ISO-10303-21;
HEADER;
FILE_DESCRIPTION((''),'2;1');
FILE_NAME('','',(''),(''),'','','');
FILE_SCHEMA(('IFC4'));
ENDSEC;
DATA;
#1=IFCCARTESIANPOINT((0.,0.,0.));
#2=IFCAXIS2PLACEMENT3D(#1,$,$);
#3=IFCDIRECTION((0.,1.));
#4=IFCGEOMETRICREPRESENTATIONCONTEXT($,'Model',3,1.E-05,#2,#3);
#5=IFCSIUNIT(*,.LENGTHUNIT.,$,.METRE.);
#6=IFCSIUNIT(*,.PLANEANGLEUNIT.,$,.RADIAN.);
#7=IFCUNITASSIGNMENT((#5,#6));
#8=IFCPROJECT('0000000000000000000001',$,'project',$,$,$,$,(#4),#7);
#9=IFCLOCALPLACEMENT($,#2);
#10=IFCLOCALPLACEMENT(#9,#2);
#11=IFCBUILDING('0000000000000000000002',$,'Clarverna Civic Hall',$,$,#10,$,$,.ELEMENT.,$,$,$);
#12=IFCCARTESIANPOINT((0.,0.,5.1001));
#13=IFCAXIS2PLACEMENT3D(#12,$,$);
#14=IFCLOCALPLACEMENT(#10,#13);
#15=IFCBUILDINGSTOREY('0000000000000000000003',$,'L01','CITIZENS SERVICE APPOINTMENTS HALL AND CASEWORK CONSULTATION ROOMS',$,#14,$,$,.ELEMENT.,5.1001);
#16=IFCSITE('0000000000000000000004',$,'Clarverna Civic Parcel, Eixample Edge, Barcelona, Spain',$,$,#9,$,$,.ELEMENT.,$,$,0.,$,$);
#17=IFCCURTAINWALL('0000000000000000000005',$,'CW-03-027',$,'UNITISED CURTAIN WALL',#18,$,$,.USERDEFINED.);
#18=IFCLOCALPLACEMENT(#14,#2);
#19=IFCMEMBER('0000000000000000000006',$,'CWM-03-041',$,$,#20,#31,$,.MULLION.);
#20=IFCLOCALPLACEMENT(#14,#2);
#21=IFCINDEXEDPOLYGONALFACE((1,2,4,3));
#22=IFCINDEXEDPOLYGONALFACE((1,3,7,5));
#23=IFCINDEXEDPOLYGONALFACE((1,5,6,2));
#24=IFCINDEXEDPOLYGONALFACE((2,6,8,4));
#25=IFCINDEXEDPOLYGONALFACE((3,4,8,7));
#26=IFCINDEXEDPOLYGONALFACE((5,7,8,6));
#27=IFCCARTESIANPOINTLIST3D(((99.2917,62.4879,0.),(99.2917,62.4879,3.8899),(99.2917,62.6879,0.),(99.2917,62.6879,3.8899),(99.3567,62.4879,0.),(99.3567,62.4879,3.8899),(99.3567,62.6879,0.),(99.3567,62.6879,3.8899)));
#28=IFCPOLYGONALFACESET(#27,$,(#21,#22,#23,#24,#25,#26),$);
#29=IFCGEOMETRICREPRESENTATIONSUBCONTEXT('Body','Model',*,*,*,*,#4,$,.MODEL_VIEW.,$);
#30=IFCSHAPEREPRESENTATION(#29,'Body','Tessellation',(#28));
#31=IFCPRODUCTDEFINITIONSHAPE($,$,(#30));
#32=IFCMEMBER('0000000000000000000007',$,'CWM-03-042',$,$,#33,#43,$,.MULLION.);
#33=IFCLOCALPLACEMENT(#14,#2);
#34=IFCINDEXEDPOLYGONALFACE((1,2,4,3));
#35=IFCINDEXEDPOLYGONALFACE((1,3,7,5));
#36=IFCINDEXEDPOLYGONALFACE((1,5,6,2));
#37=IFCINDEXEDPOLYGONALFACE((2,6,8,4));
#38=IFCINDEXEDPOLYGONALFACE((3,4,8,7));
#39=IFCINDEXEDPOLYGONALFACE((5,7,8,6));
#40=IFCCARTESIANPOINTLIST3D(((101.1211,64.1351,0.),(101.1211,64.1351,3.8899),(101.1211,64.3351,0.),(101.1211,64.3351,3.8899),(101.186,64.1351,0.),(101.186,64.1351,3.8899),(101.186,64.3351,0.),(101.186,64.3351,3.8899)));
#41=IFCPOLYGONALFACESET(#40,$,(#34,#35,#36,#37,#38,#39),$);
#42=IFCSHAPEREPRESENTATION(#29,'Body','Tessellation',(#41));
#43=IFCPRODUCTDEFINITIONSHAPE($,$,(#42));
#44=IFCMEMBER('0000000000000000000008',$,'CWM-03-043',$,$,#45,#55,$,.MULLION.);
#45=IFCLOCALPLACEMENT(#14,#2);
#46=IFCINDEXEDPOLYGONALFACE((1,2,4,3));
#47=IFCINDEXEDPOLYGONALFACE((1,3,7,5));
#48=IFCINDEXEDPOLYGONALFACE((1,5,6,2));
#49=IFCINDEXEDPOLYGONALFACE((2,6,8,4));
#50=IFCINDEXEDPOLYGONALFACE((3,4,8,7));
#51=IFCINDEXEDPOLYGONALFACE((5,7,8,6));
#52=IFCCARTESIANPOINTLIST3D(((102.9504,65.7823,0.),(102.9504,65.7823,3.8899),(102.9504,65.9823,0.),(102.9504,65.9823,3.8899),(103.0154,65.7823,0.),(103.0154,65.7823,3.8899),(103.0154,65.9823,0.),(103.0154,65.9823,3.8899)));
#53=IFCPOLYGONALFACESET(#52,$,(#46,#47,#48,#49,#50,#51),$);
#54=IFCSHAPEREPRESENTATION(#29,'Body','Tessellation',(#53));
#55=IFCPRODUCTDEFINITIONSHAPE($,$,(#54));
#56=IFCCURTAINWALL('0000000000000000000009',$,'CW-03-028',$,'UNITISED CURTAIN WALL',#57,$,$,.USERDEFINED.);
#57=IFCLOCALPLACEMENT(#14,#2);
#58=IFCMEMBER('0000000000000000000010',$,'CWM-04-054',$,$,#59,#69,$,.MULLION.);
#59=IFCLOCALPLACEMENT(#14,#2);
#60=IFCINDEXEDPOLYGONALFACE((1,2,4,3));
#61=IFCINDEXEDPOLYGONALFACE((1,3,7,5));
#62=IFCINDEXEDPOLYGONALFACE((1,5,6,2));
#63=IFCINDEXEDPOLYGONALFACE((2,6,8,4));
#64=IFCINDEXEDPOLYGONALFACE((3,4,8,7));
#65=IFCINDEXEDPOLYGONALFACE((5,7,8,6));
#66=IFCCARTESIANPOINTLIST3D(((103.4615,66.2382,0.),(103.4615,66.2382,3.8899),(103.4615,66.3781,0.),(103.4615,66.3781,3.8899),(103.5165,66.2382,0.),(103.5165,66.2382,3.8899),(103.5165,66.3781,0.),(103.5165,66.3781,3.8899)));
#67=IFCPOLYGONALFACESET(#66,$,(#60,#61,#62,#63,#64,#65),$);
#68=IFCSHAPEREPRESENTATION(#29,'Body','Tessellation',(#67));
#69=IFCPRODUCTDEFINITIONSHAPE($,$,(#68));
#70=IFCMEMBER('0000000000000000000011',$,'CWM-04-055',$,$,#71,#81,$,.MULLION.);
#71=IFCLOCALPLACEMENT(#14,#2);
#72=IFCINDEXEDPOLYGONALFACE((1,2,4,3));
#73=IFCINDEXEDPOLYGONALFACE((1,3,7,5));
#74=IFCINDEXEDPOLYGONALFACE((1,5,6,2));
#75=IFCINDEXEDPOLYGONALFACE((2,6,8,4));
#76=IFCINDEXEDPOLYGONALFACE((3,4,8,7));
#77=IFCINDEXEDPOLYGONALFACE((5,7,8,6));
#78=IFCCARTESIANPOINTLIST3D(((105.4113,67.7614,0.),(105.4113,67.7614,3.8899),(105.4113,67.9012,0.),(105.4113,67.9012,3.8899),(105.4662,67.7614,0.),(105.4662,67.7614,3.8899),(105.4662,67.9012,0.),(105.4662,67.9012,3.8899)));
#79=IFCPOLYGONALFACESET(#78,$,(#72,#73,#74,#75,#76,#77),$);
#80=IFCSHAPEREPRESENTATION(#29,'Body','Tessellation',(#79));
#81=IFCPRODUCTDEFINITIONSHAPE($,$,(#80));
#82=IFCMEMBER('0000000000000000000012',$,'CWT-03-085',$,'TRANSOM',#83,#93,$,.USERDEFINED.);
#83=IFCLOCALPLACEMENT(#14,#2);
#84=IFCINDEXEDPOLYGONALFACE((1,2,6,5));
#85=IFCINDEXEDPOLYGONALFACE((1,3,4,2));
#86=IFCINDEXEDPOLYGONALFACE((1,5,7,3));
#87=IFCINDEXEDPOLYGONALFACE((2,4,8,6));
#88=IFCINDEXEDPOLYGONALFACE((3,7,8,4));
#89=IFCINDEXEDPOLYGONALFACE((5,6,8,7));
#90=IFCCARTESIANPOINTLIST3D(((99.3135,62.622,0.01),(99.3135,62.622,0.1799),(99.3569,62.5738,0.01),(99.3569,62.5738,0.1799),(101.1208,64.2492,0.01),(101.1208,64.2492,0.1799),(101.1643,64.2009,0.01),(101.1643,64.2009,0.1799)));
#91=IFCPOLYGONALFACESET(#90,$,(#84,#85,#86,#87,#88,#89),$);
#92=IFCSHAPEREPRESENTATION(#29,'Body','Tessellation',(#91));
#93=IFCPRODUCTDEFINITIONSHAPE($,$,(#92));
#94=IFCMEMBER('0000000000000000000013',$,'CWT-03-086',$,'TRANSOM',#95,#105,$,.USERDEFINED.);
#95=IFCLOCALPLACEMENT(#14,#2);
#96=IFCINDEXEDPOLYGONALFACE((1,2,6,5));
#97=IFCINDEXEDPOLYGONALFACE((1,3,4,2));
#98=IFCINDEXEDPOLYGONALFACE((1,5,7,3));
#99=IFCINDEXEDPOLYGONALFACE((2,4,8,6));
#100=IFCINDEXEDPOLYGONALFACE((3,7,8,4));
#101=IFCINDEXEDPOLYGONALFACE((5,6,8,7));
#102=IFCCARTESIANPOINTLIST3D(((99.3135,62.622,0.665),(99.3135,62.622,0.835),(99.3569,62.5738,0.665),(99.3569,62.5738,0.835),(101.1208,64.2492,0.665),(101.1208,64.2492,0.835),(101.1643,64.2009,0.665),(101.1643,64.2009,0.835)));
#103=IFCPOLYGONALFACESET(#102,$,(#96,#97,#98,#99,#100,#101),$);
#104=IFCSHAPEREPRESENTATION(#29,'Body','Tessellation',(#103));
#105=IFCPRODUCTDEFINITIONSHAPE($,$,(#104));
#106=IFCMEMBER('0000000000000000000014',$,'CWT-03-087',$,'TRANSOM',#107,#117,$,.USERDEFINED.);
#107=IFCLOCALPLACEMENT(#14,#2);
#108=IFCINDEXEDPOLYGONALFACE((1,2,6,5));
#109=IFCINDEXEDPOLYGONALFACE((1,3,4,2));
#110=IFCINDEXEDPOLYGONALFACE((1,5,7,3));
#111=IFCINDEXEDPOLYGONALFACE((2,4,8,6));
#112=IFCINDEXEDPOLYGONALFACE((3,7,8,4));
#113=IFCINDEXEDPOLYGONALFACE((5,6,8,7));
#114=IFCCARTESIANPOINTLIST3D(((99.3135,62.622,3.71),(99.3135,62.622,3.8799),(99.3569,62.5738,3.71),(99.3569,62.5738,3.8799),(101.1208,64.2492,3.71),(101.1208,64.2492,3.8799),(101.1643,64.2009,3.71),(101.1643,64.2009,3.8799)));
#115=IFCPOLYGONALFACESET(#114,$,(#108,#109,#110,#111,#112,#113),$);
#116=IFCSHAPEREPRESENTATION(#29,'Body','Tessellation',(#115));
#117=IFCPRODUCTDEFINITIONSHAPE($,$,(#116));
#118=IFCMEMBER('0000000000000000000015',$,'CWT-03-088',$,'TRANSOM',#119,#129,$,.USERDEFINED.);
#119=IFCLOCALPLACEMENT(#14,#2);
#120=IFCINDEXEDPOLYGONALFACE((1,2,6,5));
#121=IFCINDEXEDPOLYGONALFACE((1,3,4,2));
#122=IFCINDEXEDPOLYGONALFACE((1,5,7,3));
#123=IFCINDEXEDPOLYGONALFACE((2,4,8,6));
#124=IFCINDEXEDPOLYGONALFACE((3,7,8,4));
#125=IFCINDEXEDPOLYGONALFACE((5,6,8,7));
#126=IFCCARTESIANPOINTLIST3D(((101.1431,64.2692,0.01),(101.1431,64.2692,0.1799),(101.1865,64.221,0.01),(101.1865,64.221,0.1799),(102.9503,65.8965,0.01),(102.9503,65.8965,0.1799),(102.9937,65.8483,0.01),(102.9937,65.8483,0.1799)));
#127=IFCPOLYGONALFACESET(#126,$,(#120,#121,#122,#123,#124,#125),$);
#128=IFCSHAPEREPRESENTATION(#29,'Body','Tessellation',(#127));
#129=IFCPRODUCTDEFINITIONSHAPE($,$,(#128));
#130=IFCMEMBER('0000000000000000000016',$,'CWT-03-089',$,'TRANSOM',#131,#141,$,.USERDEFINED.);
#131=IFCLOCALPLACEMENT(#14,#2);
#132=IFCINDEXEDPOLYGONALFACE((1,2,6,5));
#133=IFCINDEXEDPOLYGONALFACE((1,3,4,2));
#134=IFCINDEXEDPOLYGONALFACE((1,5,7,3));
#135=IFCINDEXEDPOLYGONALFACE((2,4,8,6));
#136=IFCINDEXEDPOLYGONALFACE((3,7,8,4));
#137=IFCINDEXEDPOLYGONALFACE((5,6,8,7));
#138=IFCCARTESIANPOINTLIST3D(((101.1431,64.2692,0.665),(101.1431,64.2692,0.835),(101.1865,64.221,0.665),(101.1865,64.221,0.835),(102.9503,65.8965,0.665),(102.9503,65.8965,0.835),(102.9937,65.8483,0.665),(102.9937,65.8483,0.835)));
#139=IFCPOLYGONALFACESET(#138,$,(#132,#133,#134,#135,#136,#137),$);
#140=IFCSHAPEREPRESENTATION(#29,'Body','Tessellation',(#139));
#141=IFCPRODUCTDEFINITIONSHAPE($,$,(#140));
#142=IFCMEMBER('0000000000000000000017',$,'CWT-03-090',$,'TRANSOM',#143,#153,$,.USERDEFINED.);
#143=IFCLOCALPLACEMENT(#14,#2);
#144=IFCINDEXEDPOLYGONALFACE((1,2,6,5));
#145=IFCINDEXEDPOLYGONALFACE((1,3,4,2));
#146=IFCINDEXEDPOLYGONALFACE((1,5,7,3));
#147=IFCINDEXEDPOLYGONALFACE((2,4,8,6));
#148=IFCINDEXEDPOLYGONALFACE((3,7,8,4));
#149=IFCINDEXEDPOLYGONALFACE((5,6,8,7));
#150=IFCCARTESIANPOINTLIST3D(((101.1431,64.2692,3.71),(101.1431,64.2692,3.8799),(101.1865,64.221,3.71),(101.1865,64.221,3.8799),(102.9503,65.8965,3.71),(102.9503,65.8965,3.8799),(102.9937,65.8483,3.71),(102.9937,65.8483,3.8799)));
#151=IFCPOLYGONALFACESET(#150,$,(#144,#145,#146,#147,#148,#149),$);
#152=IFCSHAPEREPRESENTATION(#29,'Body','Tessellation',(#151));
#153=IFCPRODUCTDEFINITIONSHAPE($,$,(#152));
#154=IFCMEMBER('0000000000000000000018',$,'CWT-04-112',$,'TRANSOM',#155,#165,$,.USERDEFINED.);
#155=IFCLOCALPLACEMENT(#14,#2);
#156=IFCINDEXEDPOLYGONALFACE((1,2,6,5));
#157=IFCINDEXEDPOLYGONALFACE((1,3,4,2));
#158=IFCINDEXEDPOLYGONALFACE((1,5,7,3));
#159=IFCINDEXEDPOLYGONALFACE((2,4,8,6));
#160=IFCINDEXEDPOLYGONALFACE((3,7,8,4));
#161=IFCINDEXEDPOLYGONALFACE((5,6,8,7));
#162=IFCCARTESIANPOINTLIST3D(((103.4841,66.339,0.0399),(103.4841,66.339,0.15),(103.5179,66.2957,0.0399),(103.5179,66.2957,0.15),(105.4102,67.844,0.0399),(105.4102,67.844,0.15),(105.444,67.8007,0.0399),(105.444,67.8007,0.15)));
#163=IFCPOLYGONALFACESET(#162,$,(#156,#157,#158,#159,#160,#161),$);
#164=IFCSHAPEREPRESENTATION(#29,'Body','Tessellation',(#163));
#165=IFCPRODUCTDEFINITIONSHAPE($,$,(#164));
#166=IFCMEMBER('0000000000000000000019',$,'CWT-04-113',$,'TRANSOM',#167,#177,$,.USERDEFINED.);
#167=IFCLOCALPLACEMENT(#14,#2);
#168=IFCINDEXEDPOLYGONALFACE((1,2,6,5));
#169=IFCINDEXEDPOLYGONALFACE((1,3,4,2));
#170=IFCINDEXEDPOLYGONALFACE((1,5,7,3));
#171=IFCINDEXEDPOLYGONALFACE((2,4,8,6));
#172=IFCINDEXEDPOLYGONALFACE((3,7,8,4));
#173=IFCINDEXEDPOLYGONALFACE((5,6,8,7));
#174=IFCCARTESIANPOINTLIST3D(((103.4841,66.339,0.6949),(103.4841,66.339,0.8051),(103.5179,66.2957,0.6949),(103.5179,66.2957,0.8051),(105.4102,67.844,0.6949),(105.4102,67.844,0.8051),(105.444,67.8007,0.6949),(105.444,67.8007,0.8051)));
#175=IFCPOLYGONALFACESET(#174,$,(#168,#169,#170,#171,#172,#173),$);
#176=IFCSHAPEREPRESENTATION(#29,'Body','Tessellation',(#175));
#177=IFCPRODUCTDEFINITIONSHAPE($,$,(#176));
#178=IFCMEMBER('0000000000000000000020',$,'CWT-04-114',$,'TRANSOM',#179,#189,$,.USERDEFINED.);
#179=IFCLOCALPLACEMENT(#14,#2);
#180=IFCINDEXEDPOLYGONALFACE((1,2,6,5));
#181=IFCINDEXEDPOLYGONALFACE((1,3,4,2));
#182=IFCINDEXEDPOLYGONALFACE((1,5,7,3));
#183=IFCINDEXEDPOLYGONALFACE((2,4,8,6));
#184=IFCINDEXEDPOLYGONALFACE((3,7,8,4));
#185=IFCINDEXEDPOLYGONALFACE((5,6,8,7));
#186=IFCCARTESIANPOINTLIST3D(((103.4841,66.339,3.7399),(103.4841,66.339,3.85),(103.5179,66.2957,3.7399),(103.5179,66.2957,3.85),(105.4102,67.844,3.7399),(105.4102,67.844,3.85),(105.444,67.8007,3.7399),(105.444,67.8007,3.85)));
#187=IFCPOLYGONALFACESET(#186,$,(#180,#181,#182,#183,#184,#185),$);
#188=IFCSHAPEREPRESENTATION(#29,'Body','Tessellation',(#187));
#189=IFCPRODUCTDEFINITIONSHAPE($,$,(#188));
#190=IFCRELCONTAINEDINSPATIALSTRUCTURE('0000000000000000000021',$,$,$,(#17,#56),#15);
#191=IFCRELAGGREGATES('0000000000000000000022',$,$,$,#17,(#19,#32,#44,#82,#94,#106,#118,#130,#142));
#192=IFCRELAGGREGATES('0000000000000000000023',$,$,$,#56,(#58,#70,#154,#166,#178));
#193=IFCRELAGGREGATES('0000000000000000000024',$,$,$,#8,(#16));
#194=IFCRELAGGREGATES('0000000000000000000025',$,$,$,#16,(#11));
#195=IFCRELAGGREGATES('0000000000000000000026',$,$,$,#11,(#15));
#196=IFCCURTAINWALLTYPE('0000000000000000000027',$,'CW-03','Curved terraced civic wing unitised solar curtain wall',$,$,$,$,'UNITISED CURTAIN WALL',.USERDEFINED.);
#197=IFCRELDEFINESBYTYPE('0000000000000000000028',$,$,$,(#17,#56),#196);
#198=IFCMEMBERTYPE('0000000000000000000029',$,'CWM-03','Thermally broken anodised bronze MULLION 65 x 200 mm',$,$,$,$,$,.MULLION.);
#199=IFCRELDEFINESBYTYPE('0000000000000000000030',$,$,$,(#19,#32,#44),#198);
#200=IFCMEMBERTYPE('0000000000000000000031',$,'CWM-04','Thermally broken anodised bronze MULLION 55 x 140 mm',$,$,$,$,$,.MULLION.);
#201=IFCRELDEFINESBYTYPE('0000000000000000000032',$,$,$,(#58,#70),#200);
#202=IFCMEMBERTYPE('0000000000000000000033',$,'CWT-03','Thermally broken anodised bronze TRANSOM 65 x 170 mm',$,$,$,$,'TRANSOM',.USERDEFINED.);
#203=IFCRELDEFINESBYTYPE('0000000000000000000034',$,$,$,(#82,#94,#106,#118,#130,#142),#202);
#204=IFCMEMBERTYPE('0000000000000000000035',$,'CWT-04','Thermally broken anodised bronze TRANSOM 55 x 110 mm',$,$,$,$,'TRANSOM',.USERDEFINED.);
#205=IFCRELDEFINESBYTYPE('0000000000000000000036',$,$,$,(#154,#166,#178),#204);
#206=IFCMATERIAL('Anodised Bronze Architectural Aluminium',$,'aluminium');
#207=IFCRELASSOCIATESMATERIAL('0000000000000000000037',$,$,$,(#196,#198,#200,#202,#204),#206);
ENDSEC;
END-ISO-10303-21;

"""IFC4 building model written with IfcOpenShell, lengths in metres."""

from ifc_helpers import new_model, si_unit, direction, frame, origin, origin_2d, place, context, subcontext, project, spatial, rectangle, extrude, material, material_profile, profile_set, type_object, element, aggregate, save


model = new_model("IFC4")

# Units and contexts
model_context = context("Model", 3, precision=1e-05, world=origin(), true_north=direction((0.0, 1.0)))
body_context = subcontext(model_context, "Body", "Model", "MODEL_VIEW")
ifc_project = project(units=[si_unit("LENGTHUNIT", "METRE"), si_unit("PLANEANGLEUNIT", "RADIAN")], contexts=[model_context])

# Site, building, storey
site_placement = place(None, origin())
site = spatial("IfcSite", under=ifc_project, at=site_placement, Name="Clarverna Civic Parcel, Eixample Edge, Barcelona, Spain", CompositionType="ELEMENT", RefElevation=0.0)
building_placement = place(site_placement, origin())
building = spatial("IfcBuilding", under=site, at=building_placement, Name="Clarverna Civic Hall", CompositionType="ELEMENT")
storey_placement = place(building_placement, frame((0.0, 0.0, 5.1001)))
storey = spatial("IfcBuildingStorey", under=building, at=storey_placement, Name="L01", Description="CITIZENS SERVICE APPOINTMENTS HALL AND CASEWORK CONSULTATION ROOMS", CompositionType="ELEMENT", Elevation=5.1001)

# Curtain walls, members
ifc_material_1 = material(Name="Anodised Bronze Architectural Aluminium", Category="aluminium")
curtain_wall_type = type_object("IfcCurtainWallType", Name="CW-03", Description="Curved terraced civic wing unitised solar curtain wall", ElementType="UNITISED CURTAIN WALL", PredefinedType="USERDEFINED", material=ifc_material_1)
curtain_wall_1_placement = place(storey_placement, origin())
curtain_wall_1 = element("IfcCurtainWall", 1, at=curtain_wall_1_placement, inside=storey, type_object=curtain_wall_type, Name="CW-03-027", ObjectType="UNITISED CURTAIN WALL", PredefinedType="USERDEFINED")
ifc_material_profile_1 = material_profile(ifc_material_1, rectangle(XDim=0.0649, YDim=0.2, at=origin_2d()), Name="BRONZE 65x200")
ifc_profile_set_1 = profile_set([ifc_material_profile_1], Name="Anodised Bronze Architectural Aluminium")
member_type_1 = type_object("IfcMemberType", Name="CWM-03", Description="Thermally broken anodised bronze MULLION 65 x 200 mm", PredefinedType="MULLION", material=ifc_profile_set_1)
member_1_placement = place(storey_placement, frame((99.3242, 62.5879, 0.0), z_axis=(0.0, 0.0, 1.0), x_axis=(1.0, 0.0, 0.0)))
member_1 = element("IfcMember", 2, at=member_1_placement, type_object=member_type_1, Name="CWM-03-041", PredefinedType="MULLION", context=body_context, shape_type="SweptSolid", body=[
    extrude(rectangle(XDim=0.0649, YDim=0.2, at=origin_2d()), origin(), (0.0, 0.0, 1.0), 3.8899),
])
member_2_placement = place(storey_placement, frame((101.1536, 64.2351, 0.0), z_axis=(0.0, 0.0, 1.0), x_axis=(1.0, 0.0, 0.0)))
member_2 = element("IfcMember", 3, at=member_2_placement, type_object=member_type_1, Name="CWM-03-042", PredefinedType="MULLION", context=body_context, shape_type="SweptSolid", body=[
    extrude(rectangle(XDim=0.0649, YDim=0.2, at=origin_2d()), origin(), (0.0, 0.0, 1.0), 3.8899),
])
member_3_placement = place(storey_placement, frame((102.9829, 65.8823, 0.0), z_axis=(0.0, 0.0, 1.0), x_axis=(1.0, 0.0, 0.0)))
member_3 = element("IfcMember", 4, at=member_3_placement, type_object=member_type_1, Name="CWM-03-043", PredefinedType="MULLION", context=body_context, shape_type="SweptSolid", body=[
    extrude(rectangle(XDim=0.0649, YDim=0.2, at=origin_2d()), origin(), (0.0, 0.0, 1.0), 3.8899),
])
curtain_wall_2_placement = place(storey_placement, origin())
curtain_wall_2 = element("IfcCurtainWall", 5, at=curtain_wall_2_placement, inside=storey, type_object=curtain_wall_type, Name="CW-03-028", ObjectType="UNITISED CURTAIN WALL", PredefinedType="USERDEFINED")
ifc_material_profile_2 = material_profile(ifc_material_1, rectangle(XDim=0.0549, YDim=0.1399, at=origin_2d()), Name="BRONZE 55x140")
ifc_profile_set_2 = profile_set([ifc_material_profile_2], Name="Anodised Bronze Architectural Aluminium")
member_type_2 = type_object("IfcMemberType", Name="CWM-04", Description="Thermally broken anodised bronze MULLION 55 x 140 mm", PredefinedType="MULLION", material=ifc_profile_set_2)
member_4_placement = place(storey_placement, frame((103.489, 66.3081, 0.0), z_axis=(0.0, 0.0, 1.0), x_axis=(1.0, 0.0, 0.0)))
member_4 = element("IfcMember", 6, at=member_4_placement, type_object=member_type_2, Name="CWM-04-054", PredefinedType="MULLION", context=body_context, shape_type="SweptSolid", body=[
    extrude(rectangle(XDim=0.0549, YDim=0.1399, at=origin_2d()), origin(), (0.0, 0.0, 1.0), 3.8899),
])
member_5_placement = place(storey_placement, frame((105.4387, 67.8313, 0.0), z_axis=(0.0, 0.0, 1.0), x_axis=(1.0, 0.0, 0.0)))
member_5 = element("IfcMember", 7, at=member_5_placement, type_object=member_type_2, Name="CWM-04-055", PredefinedType="MULLION", context=body_context, shape_type="SweptSolid", body=[
    extrude(rectangle(XDim=0.0549, YDim=0.1399, at=origin_2d()), origin(), (0.0, 0.0, 1.0), 3.8899),
])

# Members
ifc_material_profile_3 = material_profile(ifc_material_1, rectangle(XDim=0.0649, YDim=0.1699, at=origin_2d()), Name="BRONZE 65x170")
ifc_profile_set_3 = profile_set([ifc_material_profile_3], Name="Anodised Bronze Architectural Aluminium")
member_type_3 = type_object("IfcMemberType", Name="CWT-03", Description="Thermally broken anodised bronze TRANSOM 65 x 170 mm", ElementType="TRANSOM", PredefinedType="USERDEFINED", material=ifc_profile_set_3)
member_6_placement = place(storey_placement, frame((99.3352, 62.5979, 0.095), z_axis=(0.743179, 0.669092, 0.0), x_axis=(-0.669092, 0.743179, 0.0)))
member_6 = element("IfcMember", 8, at=member_6_placement, type_object=member_type_3, Name="CWT-03-085", ObjectType="TRANSOM", PredefinedType="USERDEFINED", context=body_context, shape_type="SweptSolid", body=[
    extrude(rectangle(XDim=0.0649, YDim=0.1699, at=origin_2d()), origin(), (0.0, 0.0, 1.0), 2.4319),
])
member_7_placement = place(storey_placement, frame((99.3352, 62.5979, 0.75), z_axis=(0.743179, 0.669092, 0.0), x_axis=(-0.669092, 0.743179, 0.0)))
member_7 = element("IfcMember", 9, at=member_7_placement, type_object=member_type_3, Name="CWT-03-086", ObjectType="TRANSOM", PredefinedType="USERDEFINED", context=body_context, shape_type="SweptSolid", body=[
    extrude(rectangle(XDim=0.0649, YDim=0.1699, at=origin_2d()), origin(), (0.0, 0.0, 1.0), 2.4319),
])
member_8_placement = place(storey_placement, frame((99.3352, 62.5979, 3.7949), z_axis=(0.743179, 0.669092, 0.0), x_axis=(-0.669092, 0.743179, 0.0)))
member_8 = element("IfcMember", 10, at=member_8_placement, type_object=member_type_3, Name="CWT-03-087", ObjectType="TRANSOM", PredefinedType="USERDEFINED", context=body_context, shape_type="SweptSolid", body=[
    extrude(rectangle(XDim=0.0649, YDim=0.1699, at=origin_2d()), origin(), (0.0, 0.0, 1.0), 2.4319),
])
member_9_placement = place(storey_placement, frame((101.1648, 64.2451, 0.095), z_axis=(0.743134, 0.669142, 0.0), x_axis=(-0.669142, 0.743134, 0.0)))
member_9 = element("IfcMember", 11, at=member_9_placement, type_object=member_type_3, Name="CWT-03-088", ObjectType="TRANSOM", PredefinedType="USERDEFINED", context=body_context, shape_type="SweptSolid", body=[
    extrude(rectangle(XDim=0.0649, YDim=0.1699, at=origin_2d()), origin(), (0.0, 0.0, 1.0), 2.4319),
])
member_10_placement = place(storey_placement, frame((101.1648, 64.2451, 0.75), z_axis=(0.743134, 0.669142, 0.0), x_axis=(-0.669142, 0.743134, 0.0)))
member_10 = element("IfcMember", 12, at=member_10_placement, type_object=member_type_3, Name="CWT-03-089", ObjectType="TRANSOM", PredefinedType="USERDEFINED", context=body_context, shape_type="SweptSolid", body=[
    extrude(rectangle(XDim=0.0649, YDim=0.1699, at=origin_2d()), origin(), (0.0, 0.0, 1.0), 2.4319),
])
member_11_placement = place(storey_placement, frame((101.1648, 64.2451, 3.7949), z_axis=(0.743134, 0.669142, 0.0), x_axis=(-0.669142, 0.743134, 0.0)))
member_11 = element("IfcMember", 13, at=member_11_placement, type_object=member_type_3, Name="CWT-03-090", ObjectType="TRANSOM", PredefinedType="USERDEFINED", context=body_context, shape_type="SweptSolid", body=[
    extrude(rectangle(XDim=0.0649, YDim=0.1699, at=origin_2d()), origin(), (0.0, 0.0, 1.0), 2.4319),
])
ifc_material_profile_4 = material_profile(ifc_material_1, rectangle(XDim=0.0549, YDim=0.1101, at=origin_2d()), Name="BRONZE 55x110")
ifc_profile_set_4 = profile_set([ifc_material_profile_4], Name="Anodised Bronze Architectural Aluminium")
member_type_4 = type_object("IfcMemberType", Name="CWT-04", Description="Thermally broken anodised bronze TRANSOM 55 x 110 mm", ElementType="TRANSOM", PredefinedType="USERDEFINED", material=ifc_profile_set_4)
member_12_placement = place(storey_placement, frame((103.501, 66.3174, 0.095), z_axis=(0.78799, 0.615689, 0.0), x_axis=(-0.615689, 0.78799, 0.0)))
member_12 = element("IfcMember", 14, at=member_12_placement, type_object=member_type_4, Name="CWT-04-112", ObjectType="TRANSOM", PredefinedType="USERDEFINED", context=body_context, shape_type="SweptSolid", body=[
    extrude(rectangle(XDim=0.0549, YDim=0.1101, at=origin_2d()), origin(), (0.0, 0.0, 1.0), 2.4443),
])
member_13_placement = place(storey_placement, frame((103.501, 66.3174, 0.75), z_axis=(0.78799, 0.615689, 0.0), x_axis=(-0.615689, 0.78799, 0.0)))
member_13 = element("IfcMember", 15, at=member_13_placement, type_object=member_type_4, Name="CWT-04-113", ObjectType="TRANSOM", PredefinedType="USERDEFINED", context=body_context, shape_type="SweptSolid", body=[
    extrude(rectangle(XDim=0.0549, YDim=0.1101, at=origin_2d()), origin(), (0.0, 0.0, 1.0), 2.4443),
])
member_14_placement = place(storey_placement, frame((103.501, 66.3174, 3.7949), z_axis=(0.78799, 0.615689, 0.0), x_axis=(-0.615689, 0.78799, 0.0)))
member_14 = element("IfcMember", 16, at=member_14_placement, type_object=member_type_4, Name="CWT-04-114", ObjectType="TRANSOM", PredefinedType="USERDEFINED", context=body_context, shape_type="SweptSolid", body=[
    extrude(rectangle(XDim=0.0549, YDim=0.1101, at=origin_2d()), origin(), (0.0, 0.0, 1.0), 2.4443),
])

aggregate(curtain_wall_1, [member_1, member_2, member_3, member_6, member_7, member_8, member_9, member_10, member_11])
aggregate(curtain_wall_2, [member_4, member_5, member_12, member_13, member_14])

save(model, "model.ifc")
